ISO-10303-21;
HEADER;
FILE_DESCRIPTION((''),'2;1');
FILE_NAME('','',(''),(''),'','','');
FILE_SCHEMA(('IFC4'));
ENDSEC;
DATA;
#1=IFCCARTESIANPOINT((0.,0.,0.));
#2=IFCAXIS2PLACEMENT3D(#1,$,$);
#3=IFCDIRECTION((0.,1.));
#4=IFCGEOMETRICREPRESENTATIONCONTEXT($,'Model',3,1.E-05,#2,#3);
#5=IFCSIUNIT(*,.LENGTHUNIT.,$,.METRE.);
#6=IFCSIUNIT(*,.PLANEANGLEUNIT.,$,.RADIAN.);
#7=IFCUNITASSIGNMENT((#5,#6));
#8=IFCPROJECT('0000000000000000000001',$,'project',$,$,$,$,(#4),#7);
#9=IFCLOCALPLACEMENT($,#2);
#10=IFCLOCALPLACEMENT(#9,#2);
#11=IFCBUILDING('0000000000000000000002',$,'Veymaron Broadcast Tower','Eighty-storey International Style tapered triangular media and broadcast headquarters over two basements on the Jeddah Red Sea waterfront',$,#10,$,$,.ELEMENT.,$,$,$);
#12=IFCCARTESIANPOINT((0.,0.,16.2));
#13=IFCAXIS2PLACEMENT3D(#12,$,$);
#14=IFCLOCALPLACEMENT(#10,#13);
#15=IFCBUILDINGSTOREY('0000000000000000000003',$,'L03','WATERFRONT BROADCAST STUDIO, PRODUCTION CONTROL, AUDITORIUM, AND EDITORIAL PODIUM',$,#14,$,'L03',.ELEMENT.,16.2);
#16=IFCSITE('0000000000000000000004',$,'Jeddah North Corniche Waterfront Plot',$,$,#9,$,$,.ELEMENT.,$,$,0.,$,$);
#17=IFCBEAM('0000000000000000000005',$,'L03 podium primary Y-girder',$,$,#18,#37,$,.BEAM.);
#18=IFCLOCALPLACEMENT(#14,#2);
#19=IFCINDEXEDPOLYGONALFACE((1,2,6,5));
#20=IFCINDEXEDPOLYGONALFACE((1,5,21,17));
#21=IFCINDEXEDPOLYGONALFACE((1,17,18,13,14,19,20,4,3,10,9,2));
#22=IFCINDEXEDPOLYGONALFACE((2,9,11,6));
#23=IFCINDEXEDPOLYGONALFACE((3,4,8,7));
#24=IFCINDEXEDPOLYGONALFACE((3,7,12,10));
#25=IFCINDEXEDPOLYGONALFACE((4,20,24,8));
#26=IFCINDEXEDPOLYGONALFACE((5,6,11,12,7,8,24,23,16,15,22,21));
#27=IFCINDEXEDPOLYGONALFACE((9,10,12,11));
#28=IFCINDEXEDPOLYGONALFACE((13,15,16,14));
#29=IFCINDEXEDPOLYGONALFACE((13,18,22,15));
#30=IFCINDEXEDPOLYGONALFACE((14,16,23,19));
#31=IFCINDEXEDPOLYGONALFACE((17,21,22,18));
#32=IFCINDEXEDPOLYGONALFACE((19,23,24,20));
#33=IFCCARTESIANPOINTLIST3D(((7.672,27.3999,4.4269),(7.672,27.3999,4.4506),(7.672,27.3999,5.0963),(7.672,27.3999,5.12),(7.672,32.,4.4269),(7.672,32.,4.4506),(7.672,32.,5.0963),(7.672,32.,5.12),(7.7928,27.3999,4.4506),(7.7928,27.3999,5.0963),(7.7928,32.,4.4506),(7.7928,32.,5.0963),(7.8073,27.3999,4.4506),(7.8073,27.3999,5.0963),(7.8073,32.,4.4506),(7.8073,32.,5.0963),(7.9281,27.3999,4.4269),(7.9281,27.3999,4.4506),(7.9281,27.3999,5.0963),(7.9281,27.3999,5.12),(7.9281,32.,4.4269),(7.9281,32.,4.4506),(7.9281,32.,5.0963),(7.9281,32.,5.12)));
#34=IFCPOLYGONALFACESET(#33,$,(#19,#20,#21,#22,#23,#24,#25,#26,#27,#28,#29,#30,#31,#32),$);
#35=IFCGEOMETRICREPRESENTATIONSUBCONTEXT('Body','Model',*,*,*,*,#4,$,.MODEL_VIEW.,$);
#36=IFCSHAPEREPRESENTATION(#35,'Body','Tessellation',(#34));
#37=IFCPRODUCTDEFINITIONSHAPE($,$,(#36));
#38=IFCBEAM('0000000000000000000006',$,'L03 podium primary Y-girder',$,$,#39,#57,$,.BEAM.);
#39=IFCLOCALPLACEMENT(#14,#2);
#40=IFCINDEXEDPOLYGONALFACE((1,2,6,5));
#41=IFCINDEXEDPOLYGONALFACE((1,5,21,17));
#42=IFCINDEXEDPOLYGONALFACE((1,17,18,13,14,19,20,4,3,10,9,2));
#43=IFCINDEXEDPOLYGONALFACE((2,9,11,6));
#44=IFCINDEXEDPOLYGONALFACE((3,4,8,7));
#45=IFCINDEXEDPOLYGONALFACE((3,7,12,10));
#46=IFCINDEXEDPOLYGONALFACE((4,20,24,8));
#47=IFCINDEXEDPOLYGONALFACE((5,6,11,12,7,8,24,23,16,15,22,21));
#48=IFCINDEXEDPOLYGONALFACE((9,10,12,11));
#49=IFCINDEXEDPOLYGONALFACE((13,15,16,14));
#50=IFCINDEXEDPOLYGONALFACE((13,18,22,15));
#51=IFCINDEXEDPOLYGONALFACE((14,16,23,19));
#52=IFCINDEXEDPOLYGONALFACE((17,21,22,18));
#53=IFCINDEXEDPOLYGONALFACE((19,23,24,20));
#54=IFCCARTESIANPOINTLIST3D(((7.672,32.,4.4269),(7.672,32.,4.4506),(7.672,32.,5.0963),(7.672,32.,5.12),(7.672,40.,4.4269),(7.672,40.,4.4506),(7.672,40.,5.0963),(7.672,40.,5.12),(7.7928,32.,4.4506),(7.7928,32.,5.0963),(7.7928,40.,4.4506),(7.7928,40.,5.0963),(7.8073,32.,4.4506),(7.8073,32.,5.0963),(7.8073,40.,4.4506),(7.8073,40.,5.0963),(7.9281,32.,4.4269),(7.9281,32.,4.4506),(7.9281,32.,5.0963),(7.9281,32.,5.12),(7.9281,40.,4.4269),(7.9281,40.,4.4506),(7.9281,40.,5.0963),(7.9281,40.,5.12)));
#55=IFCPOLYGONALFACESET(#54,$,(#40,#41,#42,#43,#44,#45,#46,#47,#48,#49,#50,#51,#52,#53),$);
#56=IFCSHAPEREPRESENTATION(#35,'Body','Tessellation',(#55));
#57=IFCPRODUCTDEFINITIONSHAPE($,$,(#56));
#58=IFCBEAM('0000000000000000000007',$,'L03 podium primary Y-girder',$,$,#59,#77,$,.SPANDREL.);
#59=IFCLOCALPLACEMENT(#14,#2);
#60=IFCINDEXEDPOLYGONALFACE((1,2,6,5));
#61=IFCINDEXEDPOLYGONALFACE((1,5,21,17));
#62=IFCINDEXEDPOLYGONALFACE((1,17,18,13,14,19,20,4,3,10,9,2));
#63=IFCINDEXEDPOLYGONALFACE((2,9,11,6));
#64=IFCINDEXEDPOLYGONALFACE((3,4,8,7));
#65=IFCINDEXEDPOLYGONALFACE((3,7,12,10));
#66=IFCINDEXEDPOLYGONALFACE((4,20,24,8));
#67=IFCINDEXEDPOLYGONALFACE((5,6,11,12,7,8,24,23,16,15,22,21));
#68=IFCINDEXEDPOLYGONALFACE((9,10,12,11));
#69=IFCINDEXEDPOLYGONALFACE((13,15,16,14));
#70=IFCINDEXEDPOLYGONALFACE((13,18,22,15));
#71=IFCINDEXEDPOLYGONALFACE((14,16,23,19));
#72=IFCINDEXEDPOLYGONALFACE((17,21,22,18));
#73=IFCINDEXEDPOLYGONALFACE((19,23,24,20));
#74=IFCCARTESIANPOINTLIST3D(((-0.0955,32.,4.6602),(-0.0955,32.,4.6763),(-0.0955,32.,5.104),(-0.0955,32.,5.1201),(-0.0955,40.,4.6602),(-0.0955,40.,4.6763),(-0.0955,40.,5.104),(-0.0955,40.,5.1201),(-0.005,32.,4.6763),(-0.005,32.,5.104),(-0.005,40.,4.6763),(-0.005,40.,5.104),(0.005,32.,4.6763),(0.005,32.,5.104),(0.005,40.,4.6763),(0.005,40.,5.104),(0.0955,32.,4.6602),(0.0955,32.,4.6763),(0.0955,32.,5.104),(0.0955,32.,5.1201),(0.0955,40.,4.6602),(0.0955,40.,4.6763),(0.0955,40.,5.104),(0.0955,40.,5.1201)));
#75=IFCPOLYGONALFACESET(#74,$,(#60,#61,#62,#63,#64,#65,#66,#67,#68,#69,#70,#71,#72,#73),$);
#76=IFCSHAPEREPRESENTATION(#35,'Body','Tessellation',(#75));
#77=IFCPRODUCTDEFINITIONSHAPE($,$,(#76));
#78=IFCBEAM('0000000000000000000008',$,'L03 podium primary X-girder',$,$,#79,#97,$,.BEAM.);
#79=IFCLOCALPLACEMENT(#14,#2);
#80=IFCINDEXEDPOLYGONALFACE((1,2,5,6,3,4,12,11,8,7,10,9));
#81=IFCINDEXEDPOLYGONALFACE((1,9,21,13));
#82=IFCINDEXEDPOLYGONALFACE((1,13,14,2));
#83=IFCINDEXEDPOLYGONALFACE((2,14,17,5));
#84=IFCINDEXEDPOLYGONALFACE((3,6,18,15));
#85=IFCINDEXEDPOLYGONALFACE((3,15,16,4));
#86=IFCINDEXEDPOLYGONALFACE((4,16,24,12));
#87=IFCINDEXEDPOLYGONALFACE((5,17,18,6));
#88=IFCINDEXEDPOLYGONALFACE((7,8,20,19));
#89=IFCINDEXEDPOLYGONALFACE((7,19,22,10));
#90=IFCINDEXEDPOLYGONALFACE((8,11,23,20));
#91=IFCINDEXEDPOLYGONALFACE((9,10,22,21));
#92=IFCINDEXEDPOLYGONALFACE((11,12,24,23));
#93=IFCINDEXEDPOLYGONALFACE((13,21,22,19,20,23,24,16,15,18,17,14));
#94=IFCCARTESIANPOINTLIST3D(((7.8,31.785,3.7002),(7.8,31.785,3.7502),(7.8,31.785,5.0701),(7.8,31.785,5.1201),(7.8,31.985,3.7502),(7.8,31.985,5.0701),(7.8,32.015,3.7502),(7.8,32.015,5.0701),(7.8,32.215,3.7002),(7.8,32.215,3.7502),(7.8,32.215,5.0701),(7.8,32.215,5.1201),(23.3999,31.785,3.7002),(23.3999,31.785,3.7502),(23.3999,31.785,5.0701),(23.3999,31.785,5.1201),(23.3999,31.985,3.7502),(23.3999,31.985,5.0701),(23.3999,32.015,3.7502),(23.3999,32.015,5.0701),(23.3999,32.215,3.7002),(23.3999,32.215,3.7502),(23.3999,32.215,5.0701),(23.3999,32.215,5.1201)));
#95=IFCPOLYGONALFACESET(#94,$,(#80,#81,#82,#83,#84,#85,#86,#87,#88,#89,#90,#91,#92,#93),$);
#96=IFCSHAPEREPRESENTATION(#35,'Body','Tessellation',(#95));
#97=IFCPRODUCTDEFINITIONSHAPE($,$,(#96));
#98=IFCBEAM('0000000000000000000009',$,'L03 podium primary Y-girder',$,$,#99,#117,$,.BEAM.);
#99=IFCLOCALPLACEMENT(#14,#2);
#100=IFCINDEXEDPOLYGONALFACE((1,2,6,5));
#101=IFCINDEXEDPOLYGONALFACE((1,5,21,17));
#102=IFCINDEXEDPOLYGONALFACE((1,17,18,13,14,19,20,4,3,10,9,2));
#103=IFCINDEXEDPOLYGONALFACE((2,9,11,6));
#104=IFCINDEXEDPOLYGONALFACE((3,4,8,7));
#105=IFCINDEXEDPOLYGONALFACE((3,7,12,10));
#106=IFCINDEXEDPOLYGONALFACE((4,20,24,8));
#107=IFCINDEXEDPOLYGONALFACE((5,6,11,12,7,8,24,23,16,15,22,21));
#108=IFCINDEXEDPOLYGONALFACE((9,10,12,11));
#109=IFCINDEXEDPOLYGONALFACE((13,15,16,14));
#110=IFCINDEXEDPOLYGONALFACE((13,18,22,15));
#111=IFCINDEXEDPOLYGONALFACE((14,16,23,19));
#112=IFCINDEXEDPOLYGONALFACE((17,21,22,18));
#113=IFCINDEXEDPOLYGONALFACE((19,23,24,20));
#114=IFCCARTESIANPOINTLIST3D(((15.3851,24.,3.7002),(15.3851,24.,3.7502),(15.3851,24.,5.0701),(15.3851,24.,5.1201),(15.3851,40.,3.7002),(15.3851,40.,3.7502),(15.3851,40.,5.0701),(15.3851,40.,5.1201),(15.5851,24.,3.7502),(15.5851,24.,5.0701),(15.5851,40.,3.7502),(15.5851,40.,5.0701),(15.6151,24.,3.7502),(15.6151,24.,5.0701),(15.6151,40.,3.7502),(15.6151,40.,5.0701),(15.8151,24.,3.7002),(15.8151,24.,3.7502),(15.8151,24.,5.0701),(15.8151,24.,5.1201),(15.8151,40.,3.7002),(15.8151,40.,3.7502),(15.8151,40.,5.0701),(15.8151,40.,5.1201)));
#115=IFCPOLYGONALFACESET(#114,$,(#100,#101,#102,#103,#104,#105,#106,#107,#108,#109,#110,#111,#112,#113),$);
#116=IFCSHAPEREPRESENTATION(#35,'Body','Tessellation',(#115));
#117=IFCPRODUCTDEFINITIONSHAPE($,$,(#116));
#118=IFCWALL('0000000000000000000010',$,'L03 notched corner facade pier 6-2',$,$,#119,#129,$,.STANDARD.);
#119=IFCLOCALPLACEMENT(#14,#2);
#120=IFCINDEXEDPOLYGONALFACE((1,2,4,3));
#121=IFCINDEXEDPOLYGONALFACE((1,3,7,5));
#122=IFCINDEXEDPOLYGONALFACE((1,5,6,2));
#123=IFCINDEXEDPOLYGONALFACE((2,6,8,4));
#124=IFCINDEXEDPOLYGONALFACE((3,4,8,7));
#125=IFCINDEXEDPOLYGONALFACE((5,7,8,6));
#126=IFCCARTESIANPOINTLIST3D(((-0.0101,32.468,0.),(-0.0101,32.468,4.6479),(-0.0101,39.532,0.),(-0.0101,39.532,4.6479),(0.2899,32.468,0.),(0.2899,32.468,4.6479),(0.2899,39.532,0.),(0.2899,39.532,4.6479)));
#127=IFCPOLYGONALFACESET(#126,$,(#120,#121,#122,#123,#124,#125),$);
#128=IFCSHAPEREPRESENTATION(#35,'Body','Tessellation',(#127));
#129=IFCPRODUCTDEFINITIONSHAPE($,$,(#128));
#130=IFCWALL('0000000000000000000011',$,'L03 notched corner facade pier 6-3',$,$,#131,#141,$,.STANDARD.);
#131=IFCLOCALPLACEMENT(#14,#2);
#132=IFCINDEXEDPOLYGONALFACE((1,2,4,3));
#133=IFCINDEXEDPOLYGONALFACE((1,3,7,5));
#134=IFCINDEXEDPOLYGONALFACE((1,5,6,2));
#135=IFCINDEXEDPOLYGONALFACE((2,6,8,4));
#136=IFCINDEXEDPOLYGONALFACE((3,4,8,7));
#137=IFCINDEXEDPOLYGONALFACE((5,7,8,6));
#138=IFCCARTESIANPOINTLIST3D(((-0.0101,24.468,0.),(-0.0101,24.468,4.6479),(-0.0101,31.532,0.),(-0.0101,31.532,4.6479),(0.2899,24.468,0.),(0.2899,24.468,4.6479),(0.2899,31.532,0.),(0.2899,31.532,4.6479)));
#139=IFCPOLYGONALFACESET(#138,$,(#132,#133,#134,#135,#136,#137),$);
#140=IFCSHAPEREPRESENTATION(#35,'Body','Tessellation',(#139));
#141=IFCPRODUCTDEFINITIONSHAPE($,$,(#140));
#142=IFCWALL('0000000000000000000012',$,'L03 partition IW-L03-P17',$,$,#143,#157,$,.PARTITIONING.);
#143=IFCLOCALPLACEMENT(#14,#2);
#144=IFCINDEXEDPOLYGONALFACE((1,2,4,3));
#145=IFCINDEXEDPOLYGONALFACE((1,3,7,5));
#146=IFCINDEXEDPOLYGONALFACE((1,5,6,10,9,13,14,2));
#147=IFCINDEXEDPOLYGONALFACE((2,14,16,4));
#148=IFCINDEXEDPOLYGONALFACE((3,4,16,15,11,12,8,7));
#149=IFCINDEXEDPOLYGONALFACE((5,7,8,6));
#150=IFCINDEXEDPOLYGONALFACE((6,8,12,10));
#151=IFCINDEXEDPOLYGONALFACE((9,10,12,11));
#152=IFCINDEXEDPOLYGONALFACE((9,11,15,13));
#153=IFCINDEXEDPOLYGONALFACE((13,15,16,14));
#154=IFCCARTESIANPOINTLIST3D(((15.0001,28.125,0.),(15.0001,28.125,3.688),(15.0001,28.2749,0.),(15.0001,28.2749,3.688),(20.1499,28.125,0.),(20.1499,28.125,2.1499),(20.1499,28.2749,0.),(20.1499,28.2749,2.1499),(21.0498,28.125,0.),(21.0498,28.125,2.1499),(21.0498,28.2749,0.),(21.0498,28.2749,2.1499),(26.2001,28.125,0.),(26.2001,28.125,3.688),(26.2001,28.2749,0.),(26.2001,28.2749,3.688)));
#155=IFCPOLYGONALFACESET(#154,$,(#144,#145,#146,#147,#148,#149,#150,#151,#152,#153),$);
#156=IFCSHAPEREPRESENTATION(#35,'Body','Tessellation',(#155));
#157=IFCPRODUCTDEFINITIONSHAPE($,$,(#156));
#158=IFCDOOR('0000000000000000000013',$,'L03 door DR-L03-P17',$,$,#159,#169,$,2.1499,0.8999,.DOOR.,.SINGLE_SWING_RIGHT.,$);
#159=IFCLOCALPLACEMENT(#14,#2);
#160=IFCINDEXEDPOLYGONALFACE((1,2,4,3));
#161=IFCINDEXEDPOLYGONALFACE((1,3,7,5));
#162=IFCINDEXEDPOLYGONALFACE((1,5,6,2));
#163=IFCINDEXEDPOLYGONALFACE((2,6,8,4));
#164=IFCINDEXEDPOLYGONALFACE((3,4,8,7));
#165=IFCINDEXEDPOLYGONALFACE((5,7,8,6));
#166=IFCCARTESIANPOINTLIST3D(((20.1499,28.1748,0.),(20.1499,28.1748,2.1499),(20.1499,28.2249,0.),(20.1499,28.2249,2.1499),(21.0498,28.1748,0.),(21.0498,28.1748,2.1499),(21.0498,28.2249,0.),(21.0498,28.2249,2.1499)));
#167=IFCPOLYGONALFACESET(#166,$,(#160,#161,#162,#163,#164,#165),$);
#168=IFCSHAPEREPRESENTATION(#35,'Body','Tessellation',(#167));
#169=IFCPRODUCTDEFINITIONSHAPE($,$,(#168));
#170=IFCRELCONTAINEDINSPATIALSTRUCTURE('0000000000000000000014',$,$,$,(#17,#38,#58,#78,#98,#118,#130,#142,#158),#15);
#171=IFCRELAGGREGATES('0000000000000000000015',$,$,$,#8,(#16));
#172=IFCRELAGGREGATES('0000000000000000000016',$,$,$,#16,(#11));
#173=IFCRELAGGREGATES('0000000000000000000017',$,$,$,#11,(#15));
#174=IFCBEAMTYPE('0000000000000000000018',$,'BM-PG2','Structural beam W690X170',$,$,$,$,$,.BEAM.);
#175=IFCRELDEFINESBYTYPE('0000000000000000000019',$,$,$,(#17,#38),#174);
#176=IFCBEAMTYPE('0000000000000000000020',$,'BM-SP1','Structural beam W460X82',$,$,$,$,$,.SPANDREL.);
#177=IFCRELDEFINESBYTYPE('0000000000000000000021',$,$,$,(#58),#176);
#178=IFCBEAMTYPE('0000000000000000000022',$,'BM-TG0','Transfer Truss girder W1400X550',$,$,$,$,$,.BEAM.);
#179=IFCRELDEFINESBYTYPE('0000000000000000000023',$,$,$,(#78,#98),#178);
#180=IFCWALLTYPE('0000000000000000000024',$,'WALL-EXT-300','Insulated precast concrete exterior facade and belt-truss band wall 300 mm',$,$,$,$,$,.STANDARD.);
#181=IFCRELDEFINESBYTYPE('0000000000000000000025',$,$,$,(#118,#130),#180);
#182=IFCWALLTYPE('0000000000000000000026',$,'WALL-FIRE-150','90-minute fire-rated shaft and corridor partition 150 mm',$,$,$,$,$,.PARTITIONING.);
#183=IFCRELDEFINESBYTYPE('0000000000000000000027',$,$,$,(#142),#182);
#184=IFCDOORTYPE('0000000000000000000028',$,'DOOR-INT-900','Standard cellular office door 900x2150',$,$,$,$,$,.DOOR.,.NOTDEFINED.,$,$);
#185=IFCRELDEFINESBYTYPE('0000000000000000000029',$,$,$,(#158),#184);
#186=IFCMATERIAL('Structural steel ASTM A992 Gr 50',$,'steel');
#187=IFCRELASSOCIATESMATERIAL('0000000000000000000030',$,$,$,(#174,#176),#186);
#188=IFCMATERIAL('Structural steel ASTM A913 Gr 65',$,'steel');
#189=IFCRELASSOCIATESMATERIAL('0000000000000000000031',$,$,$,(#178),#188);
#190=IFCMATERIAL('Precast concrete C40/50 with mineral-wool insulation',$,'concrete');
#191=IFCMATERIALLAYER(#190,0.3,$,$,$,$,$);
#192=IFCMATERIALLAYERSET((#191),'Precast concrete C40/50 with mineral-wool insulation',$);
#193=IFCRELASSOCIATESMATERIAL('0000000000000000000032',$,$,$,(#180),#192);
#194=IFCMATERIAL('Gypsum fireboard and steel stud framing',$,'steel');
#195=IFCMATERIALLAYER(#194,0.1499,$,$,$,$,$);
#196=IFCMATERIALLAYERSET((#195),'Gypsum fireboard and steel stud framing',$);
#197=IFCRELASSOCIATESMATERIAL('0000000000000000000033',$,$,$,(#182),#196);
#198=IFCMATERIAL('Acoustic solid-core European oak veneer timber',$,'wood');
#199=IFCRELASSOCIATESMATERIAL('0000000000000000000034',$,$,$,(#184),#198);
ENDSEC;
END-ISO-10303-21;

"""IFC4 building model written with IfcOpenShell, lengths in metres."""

from ifc_helpers import new_model, si_unit, direction, frame, frame_2d, origin, origin_2d, place, context, subcontext, project, spatial, rectangle, i_section, extrude, material, layer, layer_set, material_profile, profile_set, type_object, element, fill, save


model = new_model("IFC4")

# Units and contexts
model_context = context("Model", 3, precision=1e-05, world=origin(), true_north=direction((0.0, 1.0)))
body_context = subcontext(model_context, "Body", "Model", "MODEL_VIEW")
ifc_project = project(units=[si_unit("LENGTHUNIT", "METRE"), si_unit("PLANEANGLEUNIT", "RADIAN")], contexts=[model_context])

# Site, building, storey
site_placement = place(None, origin())
site = spatial("IfcSite", under=ifc_project, at=site_placement, Name="Jeddah North Corniche Waterfront Plot", CompositionType="ELEMENT", RefElevation=0.0)
building_placement = place(site_placement, origin())
building = spatial("IfcBuilding", under=site, at=building_placement, Name="Veymaron Broadcast Tower", Description="Eighty-storey International Style tapered triangular media and broadcast headquarters over two basements on the Jeddah Red Sea waterfront", CompositionType="ELEMENT")
storey_placement = place(building_placement, frame((0.0, 0.0, 16.2)))
storey = spatial("IfcBuildingStorey", under=building, at=storey_placement, Name="L03", Description="WATERFRONT BROADCAST STUDIO, PRODUCTION CONTROL, AUDITORIUM, AND EDITORIAL PODIUM", LongName="L03", CompositionType="ELEMENT", Elevation=16.2)

# Shared definitions
ifc_material_1 = material(Name="Structural steel ASTM A913 Gr 65", Category="steel")

# Beams
ifc_material_2 = material(Name="Structural steel ASTM A992 Gr 50", Category="steel")
ifc_material_profile_1 = material_profile(ifc_material_2, i_section(OverallWidth=0.2561, OverallDepth=0.6931, WebThickness=0.0144, FlangeThickness=0.0237, at=origin_2d()), Name="W690X170")
ifc_profile_set_1 = profile_set([ifc_material_profile_1], Name="Structural steel ASTM A992 Gr 50")
beam_type_1 = type_object("IfcBeamType", Name="BM-PG2", Description="Structural beam W690X170", PredefinedType="BEAM", material=ifc_profile_set_1)
beam_1_placement = place(storey_placement, frame((7.8, 27.3999, 4.7734), z_axis=(0.0, 1.0, 0.0), x_axis=(-1.0, 0.0, 0.0)))
element("IfcBeam", 1, at=beam_1_placement, inside=storey, type_object=beam_type_1, Name="L03 podium primary Y-girder", PredefinedType="BEAM", context=body_context, shape_type="SweptSolid", body=[
    extrude(i_section(OverallWidth=0.2561, OverallDepth=0.6931, WebThickness=0.0144, FlangeThickness=0.0237, at=origin_2d()), origin(), (0.0, 0.0, 1.0), 4.6001),
])
beam_2_placement = place(storey_placement, frame((7.8, 32.0, 4.7734), z_axis=(0.0, 1.0, 0.0), x_axis=(-1.0, 0.0, 0.0)))
element("IfcBeam", 2, at=beam_2_placement, inside=storey, type_object=beam_type_1, Name="L03 podium primary Y-girder", PredefinedType="BEAM", context=body_context, shape_type="SweptSolid", body=[
    extrude(i_section(OverallWidth=0.2561, OverallDepth=0.6931, WebThickness=0.0144, FlangeThickness=0.0237, at=origin_2d()), origin(), (0.0, 0.0, 1.0), 8.0),
])
ifc_material_profile_2 = material_profile(ifc_material_2, i_section(OverallWidth=0.1909, OverallDepth=0.46, WebThickness=0.01, FlangeThickness=0.0161, at=origin_2d()), Name="W460X82")
ifc_profile_set_2 = profile_set([ifc_material_profile_2], Name="Structural steel ASTM A992 Gr 50")
beam_type_2 = type_object("IfcBeamType", Name="BM-SP1", Description="Structural beam W460X82", PredefinedType="SPANDREL", material=ifc_profile_set_2)
beam_3_placement = place(storey_placement, frame((0.0, 32.0, 4.8901), z_axis=(0.0, 1.0, 0.0), x_axis=(-1.0, 0.0, 0.0)))
element("IfcBeam", 3, at=beam_3_placement, inside=storey, type_object=beam_type_2, Name="L03 podium primary Y-girder", PredefinedType="SPANDREL", context=body_context, shape_type="SweptSolid", body=[
    extrude(i_section(OverallWidth=0.1909, OverallDepth=0.46, WebThickness=0.01, FlangeThickness=0.0161, at=origin_2d()), origin(), (0.0, 0.0, 1.0), 8.0),
])
ifc_material_profile_3 = material_profile(ifc_material_1, i_section(OverallWidth=0.4299, OverallDepth=1.4199, WebThickness=0.03, FlangeThickness=0.05, at=origin_2d()), Name="W1400X550")
ifc_profile_set_3 = profile_set([ifc_material_profile_3], Name="Structural steel ASTM A913 Gr 65")
beam_type_3 = type_object("IfcBeamType", Name="BM-TG0", Description="Transfer Truss girder W1400X550", PredefinedType="BEAM", material=ifc_profile_set_3)
beam_4_placement = place(storey_placement, frame((7.8, 32.0, 4.4102), z_axis=(1.0, 0.0, 0.0), x_axis=(0.0, 1.0, 0.0)))
element("IfcBeam", 4, at=beam_4_placement, inside=storey, type_object=beam_type_3, Name="L03 podium primary X-girder", PredefinedType="BEAM", context=body_context, shape_type="SweptSolid", body=[
    extrude(i_section(OverallWidth=0.4299, OverallDepth=1.4199, WebThickness=0.03, FlangeThickness=0.05, at=origin_2d()), origin(), (0.0, 0.0, 1.0), 15.5999),
])
beam_5_placement = place(storey_placement, frame((15.6001, 24.0, 4.4102), z_axis=(0.0, 1.0, 0.0), x_axis=(-1.0, 0.0, 0.0)))
element("IfcBeam", 5, at=beam_5_placement, inside=storey, type_object=beam_type_3, Name="L03 podium primary Y-girder", PredefinedType="BEAM", context=body_context, shape_type="SweptSolid", body=[
    extrude(i_section(OverallWidth=0.4299, OverallDepth=1.4199, WebThickness=0.03, FlangeThickness=0.05, at=origin_2d()), origin(), (0.0, 0.0, 1.0), 16.0),
])

# Walls
ifc_material_3 = material(Name="Precast concrete C40/50 with mineral-wool insulation", Category="concrete")
ifc_layer_1 = layer(ifc_material_3, 0.3)
ifc_layer_set_1 = layer_set([ifc_layer_1], Name="Precast concrete C40/50 with mineral-wool insulation")
wall_type_1 = type_object("IfcWallType", Name="WALL-EXT-300", Description="Insulated precast concrete exterior facade and belt-truss band wall 300 mm", PredefinedType="STANDARD", material=ifc_layer_set_1)
for number, where, z_axis, x_axis, name in (
    (6, (0.1399, 39.532, 0.0), (0.0, 0.0, 1.0), (0.0, -1.0, 0.0), "L03 notched corner facade pier 6-2"),
    (7, (0.1399, 31.532, 0.0), (0.0, 0.0, 1.0), (0.0, -1.0, 0.0), "L03 notched corner facade pier 6-3"),
):
    element("IfcWall", number, at=place(storey_placement, frame(where, z_axis=z_axis, x_axis=x_axis)), inside=storey, type_object=wall_type_1, Name=name, PredefinedType="STANDARD", context=body_context, shape_type="SweptSolid", body=[
        extrude(rectangle(XDim=7.064, YDim=0.3, at=frame_2d((3.532, 0.0))), origin(), (0.0, 0.0, 1.0), 4.6479),
    ])

# Wall, opening, door
ifc_material_4 = material(Name="Gypsum fireboard and steel stud framing", Category="steel")
ifc_layer_2 = layer(ifc_material_4, 0.1499)
ifc_layer_set_2 = layer_set([ifc_layer_2], Name="Gypsum fireboard and steel stud framing")
wall_type_2 = type_object("IfcWallType", Name="WALL-FIRE-150", Description="90-minute fire-rated shaft and corridor partition 150 mm", PredefinedType="PARTITIONING", material=ifc_layer_set_2)
wall_1_placement = place(storey_placement, frame((15.0, 28.2, 0.0), z_axis=(0.0, 0.0, 1.0), x_axis=(1.0, 0.0, 0.0)))
wall_1 = element("IfcWall", 8, at=wall_1_placement, inside=storey, type_object=wall_type_2, Name="L03 partition IW-L03-P17", PredefinedType="PARTITIONING", context=body_context, shape_type="SweptSolid", body=[
    extrude(rectangle(XDim=11.2, YDim=0.1499, at=frame_2d((5.6001, 0.0))), origin(), (0.0, 0.0, 1.0), 3.688),
])
opening_1_placement = place(wall_1_placement, frame((5.1499, 0.0, 0.0)))
opening_1 = element("IfcOpeningElement", 9, at=opening_1_placement, cuts=wall_1, PredefinedType="OPENING", context=body_context, shape_type="SweptSolid", body=[
    extrude(rectangle(XDim=0.8999, YDim=2.1499, at=frame_2d((0.45, 1.075))), frame((0.0, 0.085, 0.0), z_axis=(0.0, -1.0, 0.0), x_axis=(1.0, 0.0, 0.0)), (0.0, 0.0, 1.0), 0.1699),
])
ifc_material_5 = material(Name="Acoustic solid-core European oak veneer timber", Category="wood")
door_type = type_object("IfcDoorType", Name="DOOR-INT-900", Description="Standard cellular office door 900x2150", OperationType="NOTDEFINED", PredefinedType="DOOR", material=ifc_material_5)
door_1_placement = place(opening_1_placement, origin())
door_1 = element("IfcDoor", 10, at=door_1_placement, inside=storey, type_object=door_type, Name="L03 door DR-L03-P17", OperationType="SINGLE_SWING_RIGHT", OverallHeight=2.1499, OverallWidth=0.8999, PredefinedType="DOOR", context=body_context, shape_type="SweptSolid", body=[
    extrude(rectangle(XDim=0.8999, YDim=2.1499, at=frame_2d((0.45, 1.075))), frame((0.0, 0.0249, 0.0), z_axis=(0.0, -1.0, 0.0), x_axis=(1.0, 0.0, 0.0)), (0.0, 0.0, 1.0), 0.05),
])
fill(opening_1, door_1)

save(model, "model.ifc")
